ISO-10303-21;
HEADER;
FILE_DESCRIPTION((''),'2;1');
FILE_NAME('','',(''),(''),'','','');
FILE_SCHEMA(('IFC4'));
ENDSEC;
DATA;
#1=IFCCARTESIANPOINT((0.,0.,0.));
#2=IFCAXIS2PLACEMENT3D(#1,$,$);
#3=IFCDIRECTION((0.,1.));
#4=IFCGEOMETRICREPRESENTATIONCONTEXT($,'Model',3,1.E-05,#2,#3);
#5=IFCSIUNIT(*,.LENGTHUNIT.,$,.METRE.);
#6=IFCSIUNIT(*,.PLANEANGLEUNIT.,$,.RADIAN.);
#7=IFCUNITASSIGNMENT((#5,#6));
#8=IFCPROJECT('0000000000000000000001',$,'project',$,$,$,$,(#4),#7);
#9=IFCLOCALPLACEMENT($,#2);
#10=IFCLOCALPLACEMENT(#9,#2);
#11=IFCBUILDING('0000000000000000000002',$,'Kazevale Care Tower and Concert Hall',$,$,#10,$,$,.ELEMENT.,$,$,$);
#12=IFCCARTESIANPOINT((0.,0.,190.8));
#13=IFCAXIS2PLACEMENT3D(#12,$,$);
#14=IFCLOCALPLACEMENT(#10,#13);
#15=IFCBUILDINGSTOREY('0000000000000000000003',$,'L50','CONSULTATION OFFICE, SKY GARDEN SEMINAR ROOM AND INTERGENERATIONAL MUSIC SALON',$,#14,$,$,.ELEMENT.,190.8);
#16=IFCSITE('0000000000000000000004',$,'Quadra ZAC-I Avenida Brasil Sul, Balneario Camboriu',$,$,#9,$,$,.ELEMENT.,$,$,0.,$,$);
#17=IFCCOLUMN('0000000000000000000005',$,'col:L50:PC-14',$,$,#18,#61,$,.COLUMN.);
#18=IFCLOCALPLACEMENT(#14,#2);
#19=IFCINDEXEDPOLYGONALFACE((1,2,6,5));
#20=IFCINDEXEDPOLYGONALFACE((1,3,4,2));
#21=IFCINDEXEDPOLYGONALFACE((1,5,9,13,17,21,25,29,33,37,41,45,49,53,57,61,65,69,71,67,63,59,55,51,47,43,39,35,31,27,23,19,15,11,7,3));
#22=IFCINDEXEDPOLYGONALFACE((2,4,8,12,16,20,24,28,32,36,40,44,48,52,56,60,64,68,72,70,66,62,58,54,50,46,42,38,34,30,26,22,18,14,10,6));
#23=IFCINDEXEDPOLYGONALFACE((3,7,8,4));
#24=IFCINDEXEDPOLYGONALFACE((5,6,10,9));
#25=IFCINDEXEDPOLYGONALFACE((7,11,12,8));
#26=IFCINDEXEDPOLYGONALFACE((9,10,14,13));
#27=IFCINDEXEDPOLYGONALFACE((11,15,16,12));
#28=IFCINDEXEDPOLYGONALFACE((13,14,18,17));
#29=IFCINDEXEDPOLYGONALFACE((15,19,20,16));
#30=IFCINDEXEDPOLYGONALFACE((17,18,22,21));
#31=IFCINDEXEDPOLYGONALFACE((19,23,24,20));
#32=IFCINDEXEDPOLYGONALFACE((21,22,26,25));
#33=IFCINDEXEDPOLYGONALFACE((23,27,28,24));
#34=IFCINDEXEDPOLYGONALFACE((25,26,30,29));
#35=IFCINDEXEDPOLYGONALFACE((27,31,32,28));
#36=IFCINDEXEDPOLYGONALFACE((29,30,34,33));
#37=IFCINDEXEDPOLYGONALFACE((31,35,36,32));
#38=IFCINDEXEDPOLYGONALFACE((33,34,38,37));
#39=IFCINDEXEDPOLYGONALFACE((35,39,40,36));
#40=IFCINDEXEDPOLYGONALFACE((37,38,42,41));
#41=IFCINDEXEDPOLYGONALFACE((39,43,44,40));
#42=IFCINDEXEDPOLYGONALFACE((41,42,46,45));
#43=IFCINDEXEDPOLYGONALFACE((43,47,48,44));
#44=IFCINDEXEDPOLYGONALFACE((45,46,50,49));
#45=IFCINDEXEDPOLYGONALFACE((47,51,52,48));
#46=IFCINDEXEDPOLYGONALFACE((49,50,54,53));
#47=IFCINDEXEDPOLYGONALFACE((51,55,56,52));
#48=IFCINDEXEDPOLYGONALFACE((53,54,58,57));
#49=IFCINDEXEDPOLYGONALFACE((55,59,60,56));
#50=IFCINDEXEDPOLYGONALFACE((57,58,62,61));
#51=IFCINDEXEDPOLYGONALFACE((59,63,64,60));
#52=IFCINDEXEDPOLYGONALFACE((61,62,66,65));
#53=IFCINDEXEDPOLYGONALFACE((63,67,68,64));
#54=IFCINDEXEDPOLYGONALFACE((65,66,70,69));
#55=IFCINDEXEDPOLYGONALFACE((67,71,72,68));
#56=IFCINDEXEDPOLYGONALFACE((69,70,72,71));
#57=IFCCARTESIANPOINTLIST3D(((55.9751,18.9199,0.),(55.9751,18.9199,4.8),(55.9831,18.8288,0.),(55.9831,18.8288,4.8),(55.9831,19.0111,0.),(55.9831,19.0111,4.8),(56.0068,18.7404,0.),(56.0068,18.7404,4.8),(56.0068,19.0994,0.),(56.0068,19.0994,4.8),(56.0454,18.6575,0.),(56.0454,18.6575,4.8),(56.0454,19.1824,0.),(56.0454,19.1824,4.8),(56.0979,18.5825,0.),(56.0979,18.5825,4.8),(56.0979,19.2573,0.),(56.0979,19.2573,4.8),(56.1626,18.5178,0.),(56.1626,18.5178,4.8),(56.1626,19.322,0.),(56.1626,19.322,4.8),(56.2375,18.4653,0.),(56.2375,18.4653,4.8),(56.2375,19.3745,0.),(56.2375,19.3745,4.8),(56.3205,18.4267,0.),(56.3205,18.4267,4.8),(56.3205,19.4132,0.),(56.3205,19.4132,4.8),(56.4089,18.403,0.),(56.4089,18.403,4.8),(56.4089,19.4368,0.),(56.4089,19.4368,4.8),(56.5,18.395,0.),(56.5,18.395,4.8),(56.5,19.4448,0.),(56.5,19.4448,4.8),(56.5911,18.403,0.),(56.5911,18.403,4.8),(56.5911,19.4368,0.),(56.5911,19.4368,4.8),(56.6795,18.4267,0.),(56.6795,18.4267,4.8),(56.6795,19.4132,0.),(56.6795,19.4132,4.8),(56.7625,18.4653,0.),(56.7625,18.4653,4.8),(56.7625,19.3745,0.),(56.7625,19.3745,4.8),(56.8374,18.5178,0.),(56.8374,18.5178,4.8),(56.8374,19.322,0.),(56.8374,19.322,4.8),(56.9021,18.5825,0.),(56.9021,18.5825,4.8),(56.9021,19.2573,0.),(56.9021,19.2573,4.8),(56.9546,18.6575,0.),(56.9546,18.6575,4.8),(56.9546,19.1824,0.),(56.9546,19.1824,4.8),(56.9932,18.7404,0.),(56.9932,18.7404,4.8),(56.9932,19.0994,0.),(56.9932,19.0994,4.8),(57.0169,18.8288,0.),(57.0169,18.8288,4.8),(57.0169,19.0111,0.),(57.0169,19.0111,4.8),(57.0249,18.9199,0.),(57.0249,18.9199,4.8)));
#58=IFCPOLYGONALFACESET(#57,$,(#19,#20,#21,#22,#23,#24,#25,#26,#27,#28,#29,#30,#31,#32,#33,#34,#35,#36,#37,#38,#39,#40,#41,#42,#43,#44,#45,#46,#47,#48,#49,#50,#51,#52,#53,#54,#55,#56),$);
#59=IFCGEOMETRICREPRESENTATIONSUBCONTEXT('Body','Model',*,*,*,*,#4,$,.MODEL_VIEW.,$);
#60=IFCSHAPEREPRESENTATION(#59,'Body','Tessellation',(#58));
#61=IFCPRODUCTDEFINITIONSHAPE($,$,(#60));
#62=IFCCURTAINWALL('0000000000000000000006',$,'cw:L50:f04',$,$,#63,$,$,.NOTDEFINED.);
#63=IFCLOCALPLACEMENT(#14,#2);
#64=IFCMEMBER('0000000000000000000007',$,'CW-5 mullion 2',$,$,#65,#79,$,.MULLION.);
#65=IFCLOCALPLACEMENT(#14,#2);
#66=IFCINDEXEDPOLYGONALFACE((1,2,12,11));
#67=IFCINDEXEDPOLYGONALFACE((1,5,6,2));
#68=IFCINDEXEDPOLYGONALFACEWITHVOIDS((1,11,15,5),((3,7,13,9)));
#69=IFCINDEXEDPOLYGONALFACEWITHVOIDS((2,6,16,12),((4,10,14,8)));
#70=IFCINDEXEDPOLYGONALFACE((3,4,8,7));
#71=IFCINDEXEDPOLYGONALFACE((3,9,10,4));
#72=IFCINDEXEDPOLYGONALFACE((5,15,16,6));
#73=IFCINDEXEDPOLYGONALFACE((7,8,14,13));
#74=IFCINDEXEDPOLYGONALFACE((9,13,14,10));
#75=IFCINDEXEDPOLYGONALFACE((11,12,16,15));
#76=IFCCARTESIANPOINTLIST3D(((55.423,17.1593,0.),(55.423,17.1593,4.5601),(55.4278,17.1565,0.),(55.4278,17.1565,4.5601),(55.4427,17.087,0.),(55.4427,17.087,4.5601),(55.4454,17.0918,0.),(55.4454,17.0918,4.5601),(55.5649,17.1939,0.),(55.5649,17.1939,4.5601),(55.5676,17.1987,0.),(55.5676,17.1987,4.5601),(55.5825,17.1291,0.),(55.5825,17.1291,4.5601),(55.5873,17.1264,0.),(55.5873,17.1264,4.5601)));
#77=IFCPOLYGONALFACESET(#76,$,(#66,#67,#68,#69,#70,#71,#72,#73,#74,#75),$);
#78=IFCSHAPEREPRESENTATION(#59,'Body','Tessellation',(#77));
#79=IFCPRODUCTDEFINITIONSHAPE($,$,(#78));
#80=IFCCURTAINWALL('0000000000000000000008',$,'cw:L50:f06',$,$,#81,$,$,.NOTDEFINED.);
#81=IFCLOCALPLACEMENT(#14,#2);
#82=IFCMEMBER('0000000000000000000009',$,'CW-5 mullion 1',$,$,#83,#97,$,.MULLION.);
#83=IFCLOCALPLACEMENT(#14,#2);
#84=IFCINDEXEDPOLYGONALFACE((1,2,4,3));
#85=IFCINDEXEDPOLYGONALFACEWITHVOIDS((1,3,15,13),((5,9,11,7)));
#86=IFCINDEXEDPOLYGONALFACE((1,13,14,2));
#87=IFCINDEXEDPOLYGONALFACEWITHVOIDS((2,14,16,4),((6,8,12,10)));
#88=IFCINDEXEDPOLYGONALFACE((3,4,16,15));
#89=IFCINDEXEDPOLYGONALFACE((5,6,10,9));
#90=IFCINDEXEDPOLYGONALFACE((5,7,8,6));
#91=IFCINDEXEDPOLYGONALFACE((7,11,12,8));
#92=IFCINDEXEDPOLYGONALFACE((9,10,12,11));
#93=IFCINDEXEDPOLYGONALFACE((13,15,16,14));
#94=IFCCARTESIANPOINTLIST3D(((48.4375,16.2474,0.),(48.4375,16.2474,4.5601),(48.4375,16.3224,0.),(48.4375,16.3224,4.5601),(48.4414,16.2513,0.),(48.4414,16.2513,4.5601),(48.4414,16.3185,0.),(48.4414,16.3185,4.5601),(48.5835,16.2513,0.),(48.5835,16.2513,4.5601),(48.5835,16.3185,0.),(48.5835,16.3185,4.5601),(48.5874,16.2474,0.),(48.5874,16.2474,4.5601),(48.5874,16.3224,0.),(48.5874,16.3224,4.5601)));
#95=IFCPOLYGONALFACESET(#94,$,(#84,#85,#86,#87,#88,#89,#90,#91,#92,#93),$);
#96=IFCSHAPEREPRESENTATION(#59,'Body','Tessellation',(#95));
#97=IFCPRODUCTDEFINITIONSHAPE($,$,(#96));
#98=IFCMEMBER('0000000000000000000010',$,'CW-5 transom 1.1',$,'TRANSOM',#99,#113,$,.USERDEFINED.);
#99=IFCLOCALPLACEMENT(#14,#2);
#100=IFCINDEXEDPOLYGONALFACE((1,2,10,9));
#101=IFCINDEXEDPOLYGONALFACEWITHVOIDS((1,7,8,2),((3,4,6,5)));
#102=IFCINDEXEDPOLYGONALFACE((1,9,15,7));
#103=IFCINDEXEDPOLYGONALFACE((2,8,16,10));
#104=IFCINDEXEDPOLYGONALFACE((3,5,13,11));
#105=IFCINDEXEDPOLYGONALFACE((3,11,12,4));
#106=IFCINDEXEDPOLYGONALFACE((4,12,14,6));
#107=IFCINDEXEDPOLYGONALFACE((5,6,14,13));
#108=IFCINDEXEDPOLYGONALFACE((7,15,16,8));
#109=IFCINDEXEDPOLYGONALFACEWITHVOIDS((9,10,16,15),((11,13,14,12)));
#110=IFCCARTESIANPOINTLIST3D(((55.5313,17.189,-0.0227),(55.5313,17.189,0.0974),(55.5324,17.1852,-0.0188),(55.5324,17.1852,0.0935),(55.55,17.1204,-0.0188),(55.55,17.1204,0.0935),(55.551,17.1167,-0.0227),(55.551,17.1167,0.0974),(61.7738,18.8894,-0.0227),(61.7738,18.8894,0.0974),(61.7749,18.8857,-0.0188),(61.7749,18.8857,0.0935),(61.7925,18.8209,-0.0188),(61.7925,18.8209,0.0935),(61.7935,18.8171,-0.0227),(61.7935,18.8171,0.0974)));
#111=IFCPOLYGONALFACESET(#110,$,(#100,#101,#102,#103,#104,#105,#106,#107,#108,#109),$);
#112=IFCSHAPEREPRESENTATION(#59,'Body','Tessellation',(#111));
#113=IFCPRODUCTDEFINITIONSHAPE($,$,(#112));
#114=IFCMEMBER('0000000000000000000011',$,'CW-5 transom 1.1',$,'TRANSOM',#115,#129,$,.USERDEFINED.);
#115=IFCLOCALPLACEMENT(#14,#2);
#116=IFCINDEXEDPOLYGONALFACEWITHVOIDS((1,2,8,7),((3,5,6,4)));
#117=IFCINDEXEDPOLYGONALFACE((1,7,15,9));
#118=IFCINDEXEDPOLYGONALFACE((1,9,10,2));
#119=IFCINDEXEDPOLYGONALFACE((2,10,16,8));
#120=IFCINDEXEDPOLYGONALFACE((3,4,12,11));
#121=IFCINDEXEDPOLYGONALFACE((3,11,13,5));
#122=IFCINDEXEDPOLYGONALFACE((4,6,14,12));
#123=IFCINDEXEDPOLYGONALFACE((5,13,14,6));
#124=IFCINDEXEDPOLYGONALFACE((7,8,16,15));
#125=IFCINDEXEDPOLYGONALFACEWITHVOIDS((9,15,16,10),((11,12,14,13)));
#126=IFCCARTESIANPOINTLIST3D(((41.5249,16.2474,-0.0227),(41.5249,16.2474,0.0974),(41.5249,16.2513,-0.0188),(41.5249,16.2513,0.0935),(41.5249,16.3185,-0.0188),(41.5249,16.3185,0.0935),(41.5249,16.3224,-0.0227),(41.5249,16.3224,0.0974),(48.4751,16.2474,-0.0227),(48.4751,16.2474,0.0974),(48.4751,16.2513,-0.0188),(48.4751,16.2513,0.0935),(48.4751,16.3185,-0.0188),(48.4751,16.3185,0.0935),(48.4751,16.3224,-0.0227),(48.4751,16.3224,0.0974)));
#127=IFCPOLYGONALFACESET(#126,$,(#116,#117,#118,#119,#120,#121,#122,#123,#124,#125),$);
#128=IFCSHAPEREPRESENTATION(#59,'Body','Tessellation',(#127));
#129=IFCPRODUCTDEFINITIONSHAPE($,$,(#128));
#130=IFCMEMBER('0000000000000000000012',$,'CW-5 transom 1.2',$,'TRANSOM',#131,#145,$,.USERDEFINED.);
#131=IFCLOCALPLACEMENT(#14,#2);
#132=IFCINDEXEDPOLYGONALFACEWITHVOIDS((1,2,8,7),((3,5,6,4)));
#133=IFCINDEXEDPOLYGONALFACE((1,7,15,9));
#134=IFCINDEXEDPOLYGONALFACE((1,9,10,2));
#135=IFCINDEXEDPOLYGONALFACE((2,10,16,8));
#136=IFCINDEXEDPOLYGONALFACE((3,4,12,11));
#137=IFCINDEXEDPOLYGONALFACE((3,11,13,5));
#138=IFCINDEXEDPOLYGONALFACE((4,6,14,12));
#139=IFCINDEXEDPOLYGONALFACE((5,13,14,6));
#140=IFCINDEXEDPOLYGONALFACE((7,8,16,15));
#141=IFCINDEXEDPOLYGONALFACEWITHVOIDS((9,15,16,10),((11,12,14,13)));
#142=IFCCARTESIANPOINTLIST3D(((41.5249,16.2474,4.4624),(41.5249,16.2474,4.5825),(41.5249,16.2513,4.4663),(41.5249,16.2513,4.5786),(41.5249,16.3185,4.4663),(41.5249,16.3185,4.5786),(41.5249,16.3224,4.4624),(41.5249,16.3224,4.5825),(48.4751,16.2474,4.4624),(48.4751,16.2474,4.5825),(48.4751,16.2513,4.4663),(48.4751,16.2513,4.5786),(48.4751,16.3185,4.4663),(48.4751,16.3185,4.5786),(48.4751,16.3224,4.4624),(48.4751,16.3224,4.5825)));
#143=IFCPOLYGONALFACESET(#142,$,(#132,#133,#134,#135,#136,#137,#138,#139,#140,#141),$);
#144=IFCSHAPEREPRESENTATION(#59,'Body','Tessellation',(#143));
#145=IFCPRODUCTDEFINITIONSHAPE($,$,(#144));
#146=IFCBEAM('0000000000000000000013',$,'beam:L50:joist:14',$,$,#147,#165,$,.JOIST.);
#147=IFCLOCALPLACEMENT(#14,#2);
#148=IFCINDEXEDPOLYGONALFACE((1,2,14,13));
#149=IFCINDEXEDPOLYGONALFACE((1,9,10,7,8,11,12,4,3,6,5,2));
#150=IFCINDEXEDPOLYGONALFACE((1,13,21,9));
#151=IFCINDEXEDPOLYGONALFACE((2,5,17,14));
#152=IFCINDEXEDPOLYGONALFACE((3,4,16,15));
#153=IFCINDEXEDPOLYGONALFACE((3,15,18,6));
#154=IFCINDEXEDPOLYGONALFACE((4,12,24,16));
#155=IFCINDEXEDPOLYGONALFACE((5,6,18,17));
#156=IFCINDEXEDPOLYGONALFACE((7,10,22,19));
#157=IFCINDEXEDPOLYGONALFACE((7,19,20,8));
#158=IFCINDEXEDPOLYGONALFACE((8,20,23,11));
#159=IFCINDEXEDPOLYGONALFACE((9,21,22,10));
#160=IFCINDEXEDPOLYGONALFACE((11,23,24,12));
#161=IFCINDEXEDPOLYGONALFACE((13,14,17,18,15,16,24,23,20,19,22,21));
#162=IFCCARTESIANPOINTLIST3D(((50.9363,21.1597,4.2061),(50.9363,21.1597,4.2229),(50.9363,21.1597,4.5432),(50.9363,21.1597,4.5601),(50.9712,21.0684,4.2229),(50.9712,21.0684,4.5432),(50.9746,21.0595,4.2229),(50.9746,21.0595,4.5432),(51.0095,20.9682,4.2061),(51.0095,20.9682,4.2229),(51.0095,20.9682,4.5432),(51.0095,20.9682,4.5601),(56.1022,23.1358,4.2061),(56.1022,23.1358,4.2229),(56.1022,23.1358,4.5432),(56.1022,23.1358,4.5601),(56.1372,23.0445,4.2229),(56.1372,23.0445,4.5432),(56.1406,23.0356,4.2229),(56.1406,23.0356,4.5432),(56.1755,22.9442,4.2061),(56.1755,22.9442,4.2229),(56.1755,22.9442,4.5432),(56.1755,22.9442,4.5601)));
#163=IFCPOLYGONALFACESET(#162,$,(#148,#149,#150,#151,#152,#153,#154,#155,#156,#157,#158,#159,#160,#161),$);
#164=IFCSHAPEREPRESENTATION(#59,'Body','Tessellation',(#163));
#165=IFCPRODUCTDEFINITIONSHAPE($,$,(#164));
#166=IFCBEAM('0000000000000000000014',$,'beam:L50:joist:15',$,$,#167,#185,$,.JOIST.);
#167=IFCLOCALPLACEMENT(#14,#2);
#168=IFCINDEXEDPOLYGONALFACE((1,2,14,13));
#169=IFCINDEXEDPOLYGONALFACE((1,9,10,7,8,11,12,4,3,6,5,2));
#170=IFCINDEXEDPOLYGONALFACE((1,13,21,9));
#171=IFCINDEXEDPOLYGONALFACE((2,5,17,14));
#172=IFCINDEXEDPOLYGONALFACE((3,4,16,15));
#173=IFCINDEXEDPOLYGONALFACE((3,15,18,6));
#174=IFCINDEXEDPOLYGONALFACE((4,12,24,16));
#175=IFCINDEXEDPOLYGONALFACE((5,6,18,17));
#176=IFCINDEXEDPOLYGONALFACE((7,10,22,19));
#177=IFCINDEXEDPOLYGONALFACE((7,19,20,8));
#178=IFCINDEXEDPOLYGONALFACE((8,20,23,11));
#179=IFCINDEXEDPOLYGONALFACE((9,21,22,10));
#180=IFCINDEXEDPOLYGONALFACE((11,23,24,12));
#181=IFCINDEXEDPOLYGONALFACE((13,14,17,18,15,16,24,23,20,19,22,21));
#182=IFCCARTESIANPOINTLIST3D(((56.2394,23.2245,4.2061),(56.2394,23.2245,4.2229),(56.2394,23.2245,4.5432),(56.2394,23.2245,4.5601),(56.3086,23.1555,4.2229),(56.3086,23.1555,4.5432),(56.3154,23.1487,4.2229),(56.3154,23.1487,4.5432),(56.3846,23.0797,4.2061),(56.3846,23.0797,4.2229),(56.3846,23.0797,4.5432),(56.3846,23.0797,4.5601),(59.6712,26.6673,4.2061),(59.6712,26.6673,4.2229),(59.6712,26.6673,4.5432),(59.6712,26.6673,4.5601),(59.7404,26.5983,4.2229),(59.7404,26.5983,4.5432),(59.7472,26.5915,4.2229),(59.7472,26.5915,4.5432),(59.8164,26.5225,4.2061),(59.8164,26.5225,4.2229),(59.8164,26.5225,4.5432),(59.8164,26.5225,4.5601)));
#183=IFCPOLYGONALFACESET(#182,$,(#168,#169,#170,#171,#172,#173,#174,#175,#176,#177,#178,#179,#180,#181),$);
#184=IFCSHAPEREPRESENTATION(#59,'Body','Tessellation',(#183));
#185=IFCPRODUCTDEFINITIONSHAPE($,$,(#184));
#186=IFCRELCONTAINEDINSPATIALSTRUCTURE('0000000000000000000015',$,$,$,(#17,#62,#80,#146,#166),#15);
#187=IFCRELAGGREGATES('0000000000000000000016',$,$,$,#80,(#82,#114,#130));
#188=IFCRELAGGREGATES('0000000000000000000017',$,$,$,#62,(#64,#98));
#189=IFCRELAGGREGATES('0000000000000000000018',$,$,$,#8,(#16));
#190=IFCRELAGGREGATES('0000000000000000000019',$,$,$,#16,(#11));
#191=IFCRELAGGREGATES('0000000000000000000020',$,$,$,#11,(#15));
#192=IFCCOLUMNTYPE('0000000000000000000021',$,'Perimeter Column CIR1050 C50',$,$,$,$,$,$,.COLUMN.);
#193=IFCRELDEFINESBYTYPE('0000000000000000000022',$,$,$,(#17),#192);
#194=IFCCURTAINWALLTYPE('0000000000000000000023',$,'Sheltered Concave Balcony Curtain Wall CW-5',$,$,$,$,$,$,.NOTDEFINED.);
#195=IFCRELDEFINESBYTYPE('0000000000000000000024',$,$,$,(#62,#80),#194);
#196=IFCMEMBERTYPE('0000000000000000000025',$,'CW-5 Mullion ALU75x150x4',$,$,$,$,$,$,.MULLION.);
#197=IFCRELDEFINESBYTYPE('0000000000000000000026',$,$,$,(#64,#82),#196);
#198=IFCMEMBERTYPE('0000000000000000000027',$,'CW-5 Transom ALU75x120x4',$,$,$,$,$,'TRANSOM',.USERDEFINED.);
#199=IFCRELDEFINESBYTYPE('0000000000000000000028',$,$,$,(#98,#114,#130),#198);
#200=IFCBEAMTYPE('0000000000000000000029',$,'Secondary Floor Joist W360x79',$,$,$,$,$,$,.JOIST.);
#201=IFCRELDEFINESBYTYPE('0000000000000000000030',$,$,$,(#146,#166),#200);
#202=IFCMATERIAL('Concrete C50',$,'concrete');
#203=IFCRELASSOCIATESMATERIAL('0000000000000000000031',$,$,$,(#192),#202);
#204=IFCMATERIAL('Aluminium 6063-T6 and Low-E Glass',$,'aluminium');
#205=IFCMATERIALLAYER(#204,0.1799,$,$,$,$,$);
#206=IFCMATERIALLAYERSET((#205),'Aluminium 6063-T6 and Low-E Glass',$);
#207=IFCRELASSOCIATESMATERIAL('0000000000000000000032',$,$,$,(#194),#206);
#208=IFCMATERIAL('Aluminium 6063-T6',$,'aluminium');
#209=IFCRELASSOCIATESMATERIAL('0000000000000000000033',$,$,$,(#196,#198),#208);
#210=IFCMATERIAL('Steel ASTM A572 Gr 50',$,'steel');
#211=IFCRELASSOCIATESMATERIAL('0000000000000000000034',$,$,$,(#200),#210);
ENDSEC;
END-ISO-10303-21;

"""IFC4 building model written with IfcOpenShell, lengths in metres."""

from ifc_helpers import new_model, si_unit, direction, frame, origin, origin_2d, place, context, subcontext, project, spatial, hollow_rectangle, circle, i_section, extrude, material, layer, layer_set, material_profile, profile_set, type_object, element, aggregate, save


model = new_model("IFC4")

# Units and contexts
model_context = context("Model", 3, precision=1e-05, world=origin(), true_north=direction((0.0, 1.0)))
body_context = subcontext(model_context, "Body", "Model", "MODEL_VIEW")
ifc_project = project(units=[si_unit("LENGTHUNIT", "METRE"), si_unit("PLANEANGLEUNIT", "RADIAN")], contexts=[model_context])

# Site, building, storey
site_placement = place(None, origin())
site = spatial("IfcSite", under=ifc_project, at=site_placement, Name="Quadra ZAC-I Avenida Brasil Sul, Balneario Camboriu", CompositionType="ELEMENT", RefElevation=0.0)
building_placement = place(site_placement, origin())
building = spatial("IfcBuilding", under=site, at=building_placement, Name="Kazevale Care Tower and Concert Hall", CompositionType="ELEMENT")
storey_placement = place(building_placement, frame((0.0, 0.0, 190.8)))
storey = spatial("IfcBuildingStorey", under=building, at=storey_placement, Name="L50", Description="CONSULTATION OFFICE, SKY GARDEN SEMINAR ROOM AND INTERGENERATIONAL MUSIC SALON", CompositionType="ELEMENT", Elevation=190.8)

# Column
ifc_material_1 = material(Name="Concrete C50", Category="concrete")
ifc_material_profile_1 = material_profile(ifc_material_1, circle(Radius=0.5249, at=origin_2d()), Name="RC-CIR1050")
ifc_profile_set_1 = profile_set([ifc_material_profile_1], Name="Concrete C50")
column_type = type_object("IfcColumnType", Name="Perimeter Column CIR1050 C50", PredefinedType="COLUMN", material=ifc_profile_set_1)
column_placement = place(storey_placement, frame((56.5, 18.9199, 0.0), z_axis=(0.0, 0.0, 1.0), x_axis=(1.0, 0.0, 0.0)))
element("IfcColumn", 1, at=column_placement, inside=storey, type_object=column_type, Name="col:L50:PC-14", PredefinedType="COLUMN", context=body_context, shape_type="SweptSolid", body=[
    extrude(circle(Radius=0.5249, at=origin_2d()), origin(), (0.0, 0.0, 1.0), 4.8),
])

# Curtain walls, members
ifc_material_2 = material(Name="Aluminium 6063-T6 and Low-E Glass", Category="aluminium")
ifc_layer_1 = layer(ifc_material_2, 0.1799)
ifc_layer_set_1 = layer_set([ifc_layer_1], Name="Aluminium 6063-T6 and Low-E Glass")
curtain_wall_type = type_object("IfcCurtainWallType", Name="Sheltered Concave Balcony Curtain Wall CW-5", PredefinedType="NOTDEFINED", material=ifc_layer_set_1)
curtain_wall_1_placement = place(storey_placement, origin())
curtain_wall_1 = element("IfcCurtainWall", 2, at=curtain_wall_1_placement, inside=storey, type_object=curtain_wall_type, Name="cw:L50:f04", PredefinedType="NOTDEFINED")
ifc_material_3 = material(Name="Aluminium 6063-T6", Category="aluminium")
ifc_material_profile_2 = material_profile(ifc_material_3, hollow_rectangle(XDim=0.075, YDim=0.1499, WallThickness=0.0039, at=origin_2d()), Name="ALU75x150x4")
ifc_profile_set_2 = profile_set([ifc_material_profile_2], Name="Aluminium 6063-T6")
member_type_1 = type_object("IfcMemberType", Name="CW-5 Mullion ALU75x150x4", PredefinedType="MULLION", material=ifc_profile_set_2)
member_1_placement = place(storey_placement, frame((55.5051, 17.1428, 0.0), z_axis=(0.0, 0.0, 1.0), x_axis=(0.262849, -0.964837, 0.0)))
member_1 = element("IfcMember", 3, at=member_1_placement, type_object=member_type_1, Name="CW-5 mullion 2", PredefinedType="MULLION", context=body_context, shape_type="SweptSolid", body=[
    extrude(hollow_rectangle(XDim=0.075, YDim=0.1499, WallThickness=0.0039, at=origin_2d()), origin(), (0.0, 0.0, 1.0), 4.5601),
])
curtain_wall_2_placement = place(storey_placement, origin())
curtain_wall_2 = element("IfcCurtainWall", 4, at=curtain_wall_2_placement, inside=storey, type_object=curtain_wall_type, Name="cw:L50:f06", PredefinedType="NOTDEFINED")
member_2_placement = place(storey_placement, frame((48.5125, 16.2849, 0.0), z_axis=(0.0, 0.0, 1.0), x_axis=(0.0, -1.0, 0.0)))
member_2 = element("IfcMember", 5, at=member_2_placement, type_object=member_type_1, Name="CW-5 mullion 1", PredefinedType="MULLION", context=body_context, shape_type="SweptSolid", body=[
    extrude(hollow_rectangle(XDim=0.075, YDim=0.1499, WallThickness=0.0039, at=origin_2d()), origin(), (0.0, 0.0, 1.0), 4.5601),
])

# Members
ifc_material_profile_3 = material_profile(ifc_material_3, hollow_rectangle(XDim=0.075, YDim=0.1201, WallThickness=0.0039, at=origin_2d()), Name="ALU75x120x4")
ifc_profile_set_3 = profile_set([ifc_material_profile_3], Name="Aluminium 6063-T6")
member_type_2 = type_object("IfcMemberType", Name="CW-5 Transom ALU75x120x4", ElementType="TRANSOM", PredefinedType="USERDEFINED", material=ifc_profile_set_3)
member_3_placement = place(storey_placement, frame((61.7837, 18.8533, 0.0374), z_axis=(-0.964844, -0.262824, 0.0), x_axis=(0.262824, -0.964844, 0.0)))
member_3 = element("IfcMember", 6, at=member_3_placement, type_object=member_type_2, Name="CW-5 transom 1.1", ObjectType="TRANSOM", PredefinedType="USERDEFINED", context=body_context, shape_type="SweptSolid", body=[
    extrude(hollow_rectangle(XDim=0.075, YDim=0.1201, WallThickness=0.0039, at=origin_2d()), origin(), (0.0, 0.0, 1.0), 6.47),
])
member_4_placement = place(storey_placement, frame((48.4751, 16.2849, 0.0374), z_axis=(-1.0, 0.0, 0.0), x_axis=(0.0, -1.0, 0.0)))
member_4 = element("IfcMember", 7, at=member_4_placement, type_object=member_type_2, Name="CW-5 transom 1.1", ObjectType="TRANSOM", PredefinedType="USERDEFINED", context=body_context, shape_type="SweptSolid", body=[
    extrude(hollow_rectangle(XDim=0.075, YDim=0.1201, WallThickness=0.0039, at=origin_2d()), origin(), (0.0, 0.0, 1.0), 6.9502),
])
member_5_placement = place(storey_placement, frame((48.4751, 16.2849, 4.5225), z_axis=(-1.0, 0.0, 0.0), x_axis=(0.0, -1.0, 0.0)))
member_5 = element("IfcMember", 8, at=member_5_placement, type_object=member_type_2, Name="CW-5 transom 1.2", ObjectType="TRANSOM", PredefinedType="USERDEFINED", context=body_context, shape_type="SweptSolid", body=[
    extrude(hollow_rectangle(XDim=0.075, YDim=0.1201, WallThickness=0.0039, at=origin_2d()), origin(), (0.0, 0.0, 1.0), 6.9502),
])
aggregate(curtain_wall_2, [member_2, member_4, member_5])

# Beams
ifc_material_4 = material(Name="Steel ASTM A572 Gr 50", Category="steel")
ifc_material_profile_4 = material_profile(ifc_material_4, i_section(OverallWidth=0.2051, OverallDepth=0.354, WebThickness=0.0095, FlangeThickness=0.0168, at=origin_2d()), Name="W360x79")
ifc_profile_set_4 = profile_set([ifc_material_profile_4], Name="Steel ASTM A572 Gr 50")
beam_type_1 = type_object("IfcBeamType", Name="Secondary Floor Joist W360x79", PredefinedType="JOIST", material=ifc_profile_set_4)
beam_1_placement = place(storey_placement, frame((50.9729, 21.064, 4.3831), z_axis=(0.934002, 0.357269, 0.0), x_axis=(-0.357269, 0.934002, 0.0)))
element("IfcBeam", 9, at=beam_1_placement, inside=storey, type_object=beam_type_1, Name="beam:L50:joist:14", PredefinedType="JOIST", context=body_context, shape_type="SweptSolid", body=[
    extrude(i_section(OverallWidth=0.2051, OverallDepth=0.354, WebThickness=0.0095, FlangeThickness=0.0168, at=origin_2d()), origin(), (0.0, 0.0, 1.0), 5.531),
])
beam_2_placement = place(storey_placement, frame((56.312, 23.1521, 4.3831), z_axis=(0.705976, 0.708236, 0.0), x_axis=(-0.708236, 0.705976, 0.0)))
element("IfcBeam", 10, at=beam_2_placement, inside=storey, type_object=beam_type_1, Name="beam:L50:joist:15", PredefinedType="JOIST", context=body_context, shape_type="SweptSolid", body=[
    extrude(i_section(OverallWidth=0.2051, OverallDepth=0.354, WebThickness=0.0095, FlangeThickness=0.0168, at=origin_2d()), origin(), (0.0, 0.0, 1.0), 4.8611),
])

aggregate(curtain_wall_1, [member_1, member_3])

save(model, "model.ifc")
